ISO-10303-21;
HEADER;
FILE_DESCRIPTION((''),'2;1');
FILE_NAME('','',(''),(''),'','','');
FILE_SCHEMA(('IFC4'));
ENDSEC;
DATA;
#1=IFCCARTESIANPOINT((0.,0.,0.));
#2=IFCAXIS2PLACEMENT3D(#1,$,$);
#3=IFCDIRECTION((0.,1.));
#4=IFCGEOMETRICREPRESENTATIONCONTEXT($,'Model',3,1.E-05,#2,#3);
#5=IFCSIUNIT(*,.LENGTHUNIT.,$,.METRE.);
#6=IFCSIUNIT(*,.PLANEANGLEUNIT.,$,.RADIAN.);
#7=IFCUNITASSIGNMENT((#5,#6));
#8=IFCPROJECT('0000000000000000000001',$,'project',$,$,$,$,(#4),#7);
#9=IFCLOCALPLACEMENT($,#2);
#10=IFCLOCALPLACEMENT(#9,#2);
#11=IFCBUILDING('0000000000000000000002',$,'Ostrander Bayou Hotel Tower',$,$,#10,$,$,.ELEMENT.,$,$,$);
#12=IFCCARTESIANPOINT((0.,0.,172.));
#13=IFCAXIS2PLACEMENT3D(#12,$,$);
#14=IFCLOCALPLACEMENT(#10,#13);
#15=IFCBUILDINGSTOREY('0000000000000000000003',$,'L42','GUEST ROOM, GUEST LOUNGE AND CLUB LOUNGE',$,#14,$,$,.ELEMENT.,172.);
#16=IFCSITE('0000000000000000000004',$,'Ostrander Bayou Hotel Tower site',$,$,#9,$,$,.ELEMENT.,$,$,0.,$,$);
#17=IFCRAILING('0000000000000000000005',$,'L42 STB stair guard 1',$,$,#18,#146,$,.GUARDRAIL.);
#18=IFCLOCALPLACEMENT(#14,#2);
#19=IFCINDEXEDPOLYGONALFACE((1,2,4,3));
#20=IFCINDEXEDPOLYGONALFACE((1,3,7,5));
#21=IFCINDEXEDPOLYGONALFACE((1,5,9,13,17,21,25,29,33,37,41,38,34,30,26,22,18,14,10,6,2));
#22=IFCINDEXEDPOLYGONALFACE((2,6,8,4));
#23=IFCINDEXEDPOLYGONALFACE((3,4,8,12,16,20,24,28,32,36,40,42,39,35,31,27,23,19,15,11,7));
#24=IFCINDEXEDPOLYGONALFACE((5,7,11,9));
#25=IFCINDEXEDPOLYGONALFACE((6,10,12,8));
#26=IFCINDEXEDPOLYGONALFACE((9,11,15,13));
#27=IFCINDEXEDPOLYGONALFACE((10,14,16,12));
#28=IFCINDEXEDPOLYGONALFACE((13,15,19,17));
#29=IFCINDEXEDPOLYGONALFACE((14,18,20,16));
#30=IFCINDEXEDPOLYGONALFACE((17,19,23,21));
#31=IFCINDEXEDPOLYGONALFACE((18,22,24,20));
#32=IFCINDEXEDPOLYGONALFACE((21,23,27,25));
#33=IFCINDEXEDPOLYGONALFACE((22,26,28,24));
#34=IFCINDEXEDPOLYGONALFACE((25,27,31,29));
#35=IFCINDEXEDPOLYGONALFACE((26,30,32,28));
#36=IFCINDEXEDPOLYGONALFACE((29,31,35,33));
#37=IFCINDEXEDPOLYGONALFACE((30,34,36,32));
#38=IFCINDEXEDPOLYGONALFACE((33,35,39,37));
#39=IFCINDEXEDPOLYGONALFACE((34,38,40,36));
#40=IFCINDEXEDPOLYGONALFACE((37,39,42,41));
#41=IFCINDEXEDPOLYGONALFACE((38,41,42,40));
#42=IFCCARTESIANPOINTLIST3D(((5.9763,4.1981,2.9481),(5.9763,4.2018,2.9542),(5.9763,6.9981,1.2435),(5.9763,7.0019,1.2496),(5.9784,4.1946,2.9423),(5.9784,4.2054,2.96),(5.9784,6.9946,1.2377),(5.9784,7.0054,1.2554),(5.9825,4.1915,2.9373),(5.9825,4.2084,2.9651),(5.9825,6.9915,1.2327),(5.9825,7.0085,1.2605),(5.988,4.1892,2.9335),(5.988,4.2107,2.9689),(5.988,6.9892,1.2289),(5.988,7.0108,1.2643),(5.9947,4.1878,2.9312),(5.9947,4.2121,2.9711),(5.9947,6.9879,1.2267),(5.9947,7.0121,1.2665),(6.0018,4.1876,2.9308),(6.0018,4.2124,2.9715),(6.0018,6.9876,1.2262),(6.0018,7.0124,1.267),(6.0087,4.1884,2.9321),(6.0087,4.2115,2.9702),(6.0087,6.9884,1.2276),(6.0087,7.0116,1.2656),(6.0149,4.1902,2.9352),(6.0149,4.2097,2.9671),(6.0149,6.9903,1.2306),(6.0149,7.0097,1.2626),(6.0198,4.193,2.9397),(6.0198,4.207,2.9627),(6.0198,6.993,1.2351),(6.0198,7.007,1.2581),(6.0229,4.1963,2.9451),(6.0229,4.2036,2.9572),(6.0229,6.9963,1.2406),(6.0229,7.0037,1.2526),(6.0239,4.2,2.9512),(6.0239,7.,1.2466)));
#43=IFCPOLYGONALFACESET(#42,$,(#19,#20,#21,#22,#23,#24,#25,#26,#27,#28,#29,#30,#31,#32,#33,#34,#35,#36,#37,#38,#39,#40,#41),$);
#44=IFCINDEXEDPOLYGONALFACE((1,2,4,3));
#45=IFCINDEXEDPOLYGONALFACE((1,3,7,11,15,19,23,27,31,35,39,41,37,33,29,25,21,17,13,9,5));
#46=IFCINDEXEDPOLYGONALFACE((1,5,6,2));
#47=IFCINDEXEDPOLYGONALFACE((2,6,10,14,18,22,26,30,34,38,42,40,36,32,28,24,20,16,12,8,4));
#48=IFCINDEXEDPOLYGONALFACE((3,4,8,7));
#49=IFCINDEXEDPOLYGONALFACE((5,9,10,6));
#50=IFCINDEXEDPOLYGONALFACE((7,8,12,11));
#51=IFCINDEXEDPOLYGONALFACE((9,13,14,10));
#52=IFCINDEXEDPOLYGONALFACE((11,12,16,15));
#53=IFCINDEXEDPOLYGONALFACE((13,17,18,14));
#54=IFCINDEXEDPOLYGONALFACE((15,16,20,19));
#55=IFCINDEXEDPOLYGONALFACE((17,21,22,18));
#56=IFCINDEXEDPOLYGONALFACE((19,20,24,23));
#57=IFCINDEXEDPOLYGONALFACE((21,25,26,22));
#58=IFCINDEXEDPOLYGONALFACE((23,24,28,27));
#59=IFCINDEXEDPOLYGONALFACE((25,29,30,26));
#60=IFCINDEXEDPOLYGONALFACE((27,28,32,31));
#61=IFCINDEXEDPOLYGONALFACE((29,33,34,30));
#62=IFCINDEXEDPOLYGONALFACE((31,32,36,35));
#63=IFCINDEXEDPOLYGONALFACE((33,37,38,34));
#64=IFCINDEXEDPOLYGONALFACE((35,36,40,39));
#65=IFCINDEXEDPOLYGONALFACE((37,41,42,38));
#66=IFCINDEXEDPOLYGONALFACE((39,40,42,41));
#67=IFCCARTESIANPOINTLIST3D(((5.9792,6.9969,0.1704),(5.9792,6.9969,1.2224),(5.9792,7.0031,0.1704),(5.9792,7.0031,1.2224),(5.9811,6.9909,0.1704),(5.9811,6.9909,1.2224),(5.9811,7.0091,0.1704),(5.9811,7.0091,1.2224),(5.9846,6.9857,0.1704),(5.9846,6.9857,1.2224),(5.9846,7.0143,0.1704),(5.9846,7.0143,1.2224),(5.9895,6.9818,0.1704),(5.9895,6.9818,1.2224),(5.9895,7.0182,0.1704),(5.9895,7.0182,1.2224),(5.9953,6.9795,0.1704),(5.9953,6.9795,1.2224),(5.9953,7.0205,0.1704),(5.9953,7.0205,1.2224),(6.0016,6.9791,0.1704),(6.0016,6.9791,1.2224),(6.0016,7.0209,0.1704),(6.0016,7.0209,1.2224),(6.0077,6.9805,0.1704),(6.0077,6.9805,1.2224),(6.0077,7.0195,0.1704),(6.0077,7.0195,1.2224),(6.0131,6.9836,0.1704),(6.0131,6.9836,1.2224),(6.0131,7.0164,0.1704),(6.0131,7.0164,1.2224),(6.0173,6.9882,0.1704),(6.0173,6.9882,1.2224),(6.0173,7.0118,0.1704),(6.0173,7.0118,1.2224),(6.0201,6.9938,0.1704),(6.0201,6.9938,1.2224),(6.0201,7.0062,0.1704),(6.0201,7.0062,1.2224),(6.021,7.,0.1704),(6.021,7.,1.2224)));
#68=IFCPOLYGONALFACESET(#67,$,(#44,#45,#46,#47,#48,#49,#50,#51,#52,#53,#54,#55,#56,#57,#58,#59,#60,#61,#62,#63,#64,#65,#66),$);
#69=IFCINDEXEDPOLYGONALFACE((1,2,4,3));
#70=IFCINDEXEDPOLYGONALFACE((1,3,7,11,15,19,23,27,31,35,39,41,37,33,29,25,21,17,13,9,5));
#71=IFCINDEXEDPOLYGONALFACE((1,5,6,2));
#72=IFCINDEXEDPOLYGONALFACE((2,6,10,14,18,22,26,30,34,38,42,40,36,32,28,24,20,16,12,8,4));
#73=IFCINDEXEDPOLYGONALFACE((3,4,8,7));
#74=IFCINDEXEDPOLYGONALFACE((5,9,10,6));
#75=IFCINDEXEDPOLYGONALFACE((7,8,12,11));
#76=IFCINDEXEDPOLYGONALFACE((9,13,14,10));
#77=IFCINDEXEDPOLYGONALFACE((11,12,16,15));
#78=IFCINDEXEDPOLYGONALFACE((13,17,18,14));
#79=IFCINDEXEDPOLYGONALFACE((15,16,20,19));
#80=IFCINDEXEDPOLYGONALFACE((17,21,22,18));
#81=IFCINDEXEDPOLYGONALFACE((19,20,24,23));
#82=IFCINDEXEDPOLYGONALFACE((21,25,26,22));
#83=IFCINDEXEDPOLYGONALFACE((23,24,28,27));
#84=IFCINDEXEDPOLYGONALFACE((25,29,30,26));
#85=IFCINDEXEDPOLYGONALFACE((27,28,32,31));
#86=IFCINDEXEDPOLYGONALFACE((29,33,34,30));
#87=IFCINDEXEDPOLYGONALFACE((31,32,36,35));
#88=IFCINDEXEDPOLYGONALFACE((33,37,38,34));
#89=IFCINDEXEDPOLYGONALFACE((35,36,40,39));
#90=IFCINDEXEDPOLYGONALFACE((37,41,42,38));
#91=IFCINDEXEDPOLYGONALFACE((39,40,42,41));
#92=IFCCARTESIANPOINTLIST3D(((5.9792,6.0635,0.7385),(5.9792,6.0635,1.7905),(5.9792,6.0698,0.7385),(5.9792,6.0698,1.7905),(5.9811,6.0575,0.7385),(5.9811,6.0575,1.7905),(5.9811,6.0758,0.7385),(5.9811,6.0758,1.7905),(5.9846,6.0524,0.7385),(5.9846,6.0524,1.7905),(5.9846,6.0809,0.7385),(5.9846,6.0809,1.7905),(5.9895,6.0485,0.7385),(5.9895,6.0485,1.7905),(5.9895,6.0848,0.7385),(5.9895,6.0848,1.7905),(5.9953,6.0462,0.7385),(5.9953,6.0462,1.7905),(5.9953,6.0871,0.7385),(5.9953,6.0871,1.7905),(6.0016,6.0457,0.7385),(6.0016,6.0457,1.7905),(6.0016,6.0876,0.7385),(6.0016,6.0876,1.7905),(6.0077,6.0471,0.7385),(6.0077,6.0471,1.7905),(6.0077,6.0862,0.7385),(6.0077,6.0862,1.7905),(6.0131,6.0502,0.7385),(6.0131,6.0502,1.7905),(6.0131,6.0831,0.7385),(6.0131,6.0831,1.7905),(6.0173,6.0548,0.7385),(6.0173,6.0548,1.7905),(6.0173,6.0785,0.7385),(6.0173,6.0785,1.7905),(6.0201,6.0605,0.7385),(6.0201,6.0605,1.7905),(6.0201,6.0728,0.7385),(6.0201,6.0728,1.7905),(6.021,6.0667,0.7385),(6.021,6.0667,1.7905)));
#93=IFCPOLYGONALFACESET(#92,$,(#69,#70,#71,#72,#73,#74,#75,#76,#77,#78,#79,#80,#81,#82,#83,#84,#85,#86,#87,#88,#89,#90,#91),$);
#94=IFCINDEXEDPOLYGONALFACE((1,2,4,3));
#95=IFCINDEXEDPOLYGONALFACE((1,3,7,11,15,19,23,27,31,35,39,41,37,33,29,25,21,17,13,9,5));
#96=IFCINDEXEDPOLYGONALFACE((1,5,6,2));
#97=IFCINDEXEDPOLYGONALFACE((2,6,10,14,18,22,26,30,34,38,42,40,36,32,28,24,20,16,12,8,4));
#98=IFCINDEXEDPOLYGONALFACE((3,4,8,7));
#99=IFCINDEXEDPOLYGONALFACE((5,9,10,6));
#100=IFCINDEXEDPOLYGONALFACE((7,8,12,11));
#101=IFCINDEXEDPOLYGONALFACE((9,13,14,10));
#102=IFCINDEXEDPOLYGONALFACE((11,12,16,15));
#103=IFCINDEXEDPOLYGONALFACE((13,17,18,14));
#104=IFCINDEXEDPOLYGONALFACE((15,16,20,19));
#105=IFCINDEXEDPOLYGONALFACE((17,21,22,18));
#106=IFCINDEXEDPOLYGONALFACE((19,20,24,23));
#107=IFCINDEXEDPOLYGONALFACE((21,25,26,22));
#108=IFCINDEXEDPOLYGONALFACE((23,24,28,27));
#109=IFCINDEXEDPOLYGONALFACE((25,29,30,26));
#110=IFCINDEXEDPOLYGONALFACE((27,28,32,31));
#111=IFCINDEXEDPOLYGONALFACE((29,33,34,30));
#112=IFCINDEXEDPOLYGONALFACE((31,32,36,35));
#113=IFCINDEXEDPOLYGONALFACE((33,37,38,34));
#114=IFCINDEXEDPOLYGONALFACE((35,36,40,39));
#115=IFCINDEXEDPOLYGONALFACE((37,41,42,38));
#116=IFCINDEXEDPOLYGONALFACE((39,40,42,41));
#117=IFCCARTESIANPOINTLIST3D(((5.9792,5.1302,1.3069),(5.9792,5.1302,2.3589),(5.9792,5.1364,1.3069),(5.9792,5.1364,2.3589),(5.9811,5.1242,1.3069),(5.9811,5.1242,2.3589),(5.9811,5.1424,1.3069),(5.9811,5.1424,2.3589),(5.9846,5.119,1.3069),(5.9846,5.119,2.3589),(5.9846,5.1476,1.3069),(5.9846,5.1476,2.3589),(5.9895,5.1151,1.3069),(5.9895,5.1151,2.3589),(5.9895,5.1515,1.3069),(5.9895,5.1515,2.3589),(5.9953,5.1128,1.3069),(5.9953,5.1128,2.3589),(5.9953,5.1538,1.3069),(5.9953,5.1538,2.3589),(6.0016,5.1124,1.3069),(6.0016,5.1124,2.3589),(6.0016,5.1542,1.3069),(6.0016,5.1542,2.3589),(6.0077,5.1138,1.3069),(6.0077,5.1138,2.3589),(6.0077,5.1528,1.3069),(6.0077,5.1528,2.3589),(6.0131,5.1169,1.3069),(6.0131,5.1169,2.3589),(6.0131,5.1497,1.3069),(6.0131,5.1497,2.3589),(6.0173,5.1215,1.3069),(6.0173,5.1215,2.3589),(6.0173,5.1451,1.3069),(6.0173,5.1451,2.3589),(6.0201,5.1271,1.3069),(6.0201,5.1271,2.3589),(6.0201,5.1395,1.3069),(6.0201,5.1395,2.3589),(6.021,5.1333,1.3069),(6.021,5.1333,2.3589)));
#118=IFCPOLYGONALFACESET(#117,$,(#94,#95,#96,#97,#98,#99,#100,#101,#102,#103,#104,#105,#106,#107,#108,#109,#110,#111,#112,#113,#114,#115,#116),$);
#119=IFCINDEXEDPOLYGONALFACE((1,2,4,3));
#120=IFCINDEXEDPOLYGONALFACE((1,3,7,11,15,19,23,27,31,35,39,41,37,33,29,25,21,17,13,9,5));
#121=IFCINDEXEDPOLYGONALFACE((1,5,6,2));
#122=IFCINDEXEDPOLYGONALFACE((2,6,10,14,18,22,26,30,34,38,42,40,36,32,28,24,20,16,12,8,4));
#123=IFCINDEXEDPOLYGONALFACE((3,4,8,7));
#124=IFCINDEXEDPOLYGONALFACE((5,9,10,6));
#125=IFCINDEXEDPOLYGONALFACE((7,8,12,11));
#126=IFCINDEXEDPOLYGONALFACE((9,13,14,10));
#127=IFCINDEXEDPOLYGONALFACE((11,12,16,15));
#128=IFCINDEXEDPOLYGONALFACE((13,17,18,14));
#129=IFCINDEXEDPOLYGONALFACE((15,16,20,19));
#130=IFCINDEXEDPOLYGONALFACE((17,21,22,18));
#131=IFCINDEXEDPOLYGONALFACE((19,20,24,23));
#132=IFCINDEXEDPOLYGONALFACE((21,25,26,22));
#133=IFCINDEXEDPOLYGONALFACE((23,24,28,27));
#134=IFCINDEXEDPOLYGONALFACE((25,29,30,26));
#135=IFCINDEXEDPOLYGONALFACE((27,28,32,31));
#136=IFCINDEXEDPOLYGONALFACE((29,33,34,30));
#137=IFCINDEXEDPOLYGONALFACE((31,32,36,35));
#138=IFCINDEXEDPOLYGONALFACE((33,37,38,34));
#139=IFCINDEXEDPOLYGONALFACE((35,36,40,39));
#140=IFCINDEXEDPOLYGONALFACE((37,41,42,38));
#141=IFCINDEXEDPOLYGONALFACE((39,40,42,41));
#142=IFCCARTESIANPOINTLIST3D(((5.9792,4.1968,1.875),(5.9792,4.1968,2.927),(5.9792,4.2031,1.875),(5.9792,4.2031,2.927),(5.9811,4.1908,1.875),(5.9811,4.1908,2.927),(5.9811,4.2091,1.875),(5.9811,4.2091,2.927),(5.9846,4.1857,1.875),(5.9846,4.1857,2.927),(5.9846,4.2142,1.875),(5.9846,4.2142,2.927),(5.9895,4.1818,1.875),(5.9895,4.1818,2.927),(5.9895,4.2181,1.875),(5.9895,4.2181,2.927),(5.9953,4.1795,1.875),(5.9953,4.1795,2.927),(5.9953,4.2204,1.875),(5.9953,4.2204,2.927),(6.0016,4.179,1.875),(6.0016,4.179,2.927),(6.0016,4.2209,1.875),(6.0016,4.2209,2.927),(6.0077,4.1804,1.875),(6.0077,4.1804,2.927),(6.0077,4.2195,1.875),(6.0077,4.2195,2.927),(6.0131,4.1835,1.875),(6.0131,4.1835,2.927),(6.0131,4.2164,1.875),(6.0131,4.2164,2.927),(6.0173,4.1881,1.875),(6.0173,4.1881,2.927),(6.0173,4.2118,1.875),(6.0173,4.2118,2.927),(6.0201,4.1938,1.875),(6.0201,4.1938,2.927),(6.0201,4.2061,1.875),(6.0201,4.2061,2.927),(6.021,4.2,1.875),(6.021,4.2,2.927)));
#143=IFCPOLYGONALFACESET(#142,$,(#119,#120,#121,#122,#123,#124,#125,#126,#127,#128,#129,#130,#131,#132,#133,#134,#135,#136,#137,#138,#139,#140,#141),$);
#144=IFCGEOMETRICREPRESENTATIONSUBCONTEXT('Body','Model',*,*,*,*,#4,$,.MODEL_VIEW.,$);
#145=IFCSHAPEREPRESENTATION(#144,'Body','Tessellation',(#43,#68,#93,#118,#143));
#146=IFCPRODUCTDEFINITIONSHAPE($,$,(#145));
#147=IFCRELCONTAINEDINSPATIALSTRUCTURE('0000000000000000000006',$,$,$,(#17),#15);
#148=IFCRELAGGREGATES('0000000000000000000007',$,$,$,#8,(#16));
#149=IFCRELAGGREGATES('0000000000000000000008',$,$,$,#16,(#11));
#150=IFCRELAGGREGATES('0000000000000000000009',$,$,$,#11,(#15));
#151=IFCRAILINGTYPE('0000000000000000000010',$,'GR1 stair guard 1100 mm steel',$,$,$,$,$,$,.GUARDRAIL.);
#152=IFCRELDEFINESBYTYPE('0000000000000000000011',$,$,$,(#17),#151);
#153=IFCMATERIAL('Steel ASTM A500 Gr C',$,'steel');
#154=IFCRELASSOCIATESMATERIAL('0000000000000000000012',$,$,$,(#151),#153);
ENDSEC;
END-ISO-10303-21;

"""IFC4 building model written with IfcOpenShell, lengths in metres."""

from ifc_helpers import new_model, si_unit, direction, frame, origin, origin_2d, place, context, subcontext, project, spatial, circle, extrude, material, type_object, element, save


model = new_model("IFC4")

# Units and contexts
model_context = context("Model", 3, precision=1e-05, world=origin(), true_north=direction((0.0, 1.0)))
body_context = subcontext(model_context, "Body", "Model", "MODEL_VIEW")
ifc_project = project(units=[si_unit("LENGTHUNIT", "METRE"), si_unit("PLANEANGLEUNIT", "RADIAN")], contexts=[model_context])

# Site, building, storey
site_placement = place(None, origin())
site = spatial("IfcSite", under=ifc_project, at=site_placement, Name="Ostrander Bayou Hotel Tower site", CompositionType="ELEMENT", RefElevation=0.0)
building_placement = place(site_placement, origin())
building = spatial("IfcBuilding", under=site, at=building_placement, Name="Ostrander Bayou Hotel Tower", CompositionType="ELEMENT")
storey_placement = place(building_placement, frame((0.0, 0.0, 172.0)))
storey = spatial("IfcBuildingStorey", under=building, at=storey_placement, Name="L42", Description="GUEST ROOM, GUEST LOUNGE AND CLUB LOUNGE", CompositionType="ELEMENT", Elevation=172.0)

# Railing
ifc_material_1 = material(Name="Steel ASTM A500 Gr C", Category="steel")
railing_type_1 = type_object("IfcRailingType", Name="GR1 stair guard 1100 mm steel", PredefinedType="GUARDRAIL", material=ifc_material_1)
railing_1_placement = place(storey_placement, frame((6.0, 7.0, 0.1704)))
element("IfcRailing", 1, at=railing_1_placement, inside=storey, type_object=railing_type_1, Name="L42 STB stair guard 1", PredefinedType="GUARDRAIL", context=body_context, shape_type="SweptSolid", body=[
    extrude(circle(Radius=0.0239, at=origin_2d()), frame((0.0, 0.0, 1.0762), z_axis=(0.0, -0.85417, 0.519994), x_axis=(1.0, 0.0, 0.0)), (0.0, 0.0, 1.0), 3.2781),
    extrude(circle(Radius=0.021, at=origin_2d()), origin(), (0.0, 0.0, 1.0), 1.052),
    extrude(circle(Radius=0.021, at=origin_2d()), frame((0.0, -0.9333, 0.5681)), (0.0, 0.0, 1.0), 1.052),
    extrude(circle(Radius=0.021, at=origin_2d()), frame((0.0, -1.8667, 1.1365)), (0.0, 0.0, 1.0), 1.052),
    extrude(circle(Radius=0.021, at=origin_2d()), frame((0.0, -2.8, 1.7046)), (0.0, 0.0, 1.0), 1.052),
])

save(model, "model.ifc")
